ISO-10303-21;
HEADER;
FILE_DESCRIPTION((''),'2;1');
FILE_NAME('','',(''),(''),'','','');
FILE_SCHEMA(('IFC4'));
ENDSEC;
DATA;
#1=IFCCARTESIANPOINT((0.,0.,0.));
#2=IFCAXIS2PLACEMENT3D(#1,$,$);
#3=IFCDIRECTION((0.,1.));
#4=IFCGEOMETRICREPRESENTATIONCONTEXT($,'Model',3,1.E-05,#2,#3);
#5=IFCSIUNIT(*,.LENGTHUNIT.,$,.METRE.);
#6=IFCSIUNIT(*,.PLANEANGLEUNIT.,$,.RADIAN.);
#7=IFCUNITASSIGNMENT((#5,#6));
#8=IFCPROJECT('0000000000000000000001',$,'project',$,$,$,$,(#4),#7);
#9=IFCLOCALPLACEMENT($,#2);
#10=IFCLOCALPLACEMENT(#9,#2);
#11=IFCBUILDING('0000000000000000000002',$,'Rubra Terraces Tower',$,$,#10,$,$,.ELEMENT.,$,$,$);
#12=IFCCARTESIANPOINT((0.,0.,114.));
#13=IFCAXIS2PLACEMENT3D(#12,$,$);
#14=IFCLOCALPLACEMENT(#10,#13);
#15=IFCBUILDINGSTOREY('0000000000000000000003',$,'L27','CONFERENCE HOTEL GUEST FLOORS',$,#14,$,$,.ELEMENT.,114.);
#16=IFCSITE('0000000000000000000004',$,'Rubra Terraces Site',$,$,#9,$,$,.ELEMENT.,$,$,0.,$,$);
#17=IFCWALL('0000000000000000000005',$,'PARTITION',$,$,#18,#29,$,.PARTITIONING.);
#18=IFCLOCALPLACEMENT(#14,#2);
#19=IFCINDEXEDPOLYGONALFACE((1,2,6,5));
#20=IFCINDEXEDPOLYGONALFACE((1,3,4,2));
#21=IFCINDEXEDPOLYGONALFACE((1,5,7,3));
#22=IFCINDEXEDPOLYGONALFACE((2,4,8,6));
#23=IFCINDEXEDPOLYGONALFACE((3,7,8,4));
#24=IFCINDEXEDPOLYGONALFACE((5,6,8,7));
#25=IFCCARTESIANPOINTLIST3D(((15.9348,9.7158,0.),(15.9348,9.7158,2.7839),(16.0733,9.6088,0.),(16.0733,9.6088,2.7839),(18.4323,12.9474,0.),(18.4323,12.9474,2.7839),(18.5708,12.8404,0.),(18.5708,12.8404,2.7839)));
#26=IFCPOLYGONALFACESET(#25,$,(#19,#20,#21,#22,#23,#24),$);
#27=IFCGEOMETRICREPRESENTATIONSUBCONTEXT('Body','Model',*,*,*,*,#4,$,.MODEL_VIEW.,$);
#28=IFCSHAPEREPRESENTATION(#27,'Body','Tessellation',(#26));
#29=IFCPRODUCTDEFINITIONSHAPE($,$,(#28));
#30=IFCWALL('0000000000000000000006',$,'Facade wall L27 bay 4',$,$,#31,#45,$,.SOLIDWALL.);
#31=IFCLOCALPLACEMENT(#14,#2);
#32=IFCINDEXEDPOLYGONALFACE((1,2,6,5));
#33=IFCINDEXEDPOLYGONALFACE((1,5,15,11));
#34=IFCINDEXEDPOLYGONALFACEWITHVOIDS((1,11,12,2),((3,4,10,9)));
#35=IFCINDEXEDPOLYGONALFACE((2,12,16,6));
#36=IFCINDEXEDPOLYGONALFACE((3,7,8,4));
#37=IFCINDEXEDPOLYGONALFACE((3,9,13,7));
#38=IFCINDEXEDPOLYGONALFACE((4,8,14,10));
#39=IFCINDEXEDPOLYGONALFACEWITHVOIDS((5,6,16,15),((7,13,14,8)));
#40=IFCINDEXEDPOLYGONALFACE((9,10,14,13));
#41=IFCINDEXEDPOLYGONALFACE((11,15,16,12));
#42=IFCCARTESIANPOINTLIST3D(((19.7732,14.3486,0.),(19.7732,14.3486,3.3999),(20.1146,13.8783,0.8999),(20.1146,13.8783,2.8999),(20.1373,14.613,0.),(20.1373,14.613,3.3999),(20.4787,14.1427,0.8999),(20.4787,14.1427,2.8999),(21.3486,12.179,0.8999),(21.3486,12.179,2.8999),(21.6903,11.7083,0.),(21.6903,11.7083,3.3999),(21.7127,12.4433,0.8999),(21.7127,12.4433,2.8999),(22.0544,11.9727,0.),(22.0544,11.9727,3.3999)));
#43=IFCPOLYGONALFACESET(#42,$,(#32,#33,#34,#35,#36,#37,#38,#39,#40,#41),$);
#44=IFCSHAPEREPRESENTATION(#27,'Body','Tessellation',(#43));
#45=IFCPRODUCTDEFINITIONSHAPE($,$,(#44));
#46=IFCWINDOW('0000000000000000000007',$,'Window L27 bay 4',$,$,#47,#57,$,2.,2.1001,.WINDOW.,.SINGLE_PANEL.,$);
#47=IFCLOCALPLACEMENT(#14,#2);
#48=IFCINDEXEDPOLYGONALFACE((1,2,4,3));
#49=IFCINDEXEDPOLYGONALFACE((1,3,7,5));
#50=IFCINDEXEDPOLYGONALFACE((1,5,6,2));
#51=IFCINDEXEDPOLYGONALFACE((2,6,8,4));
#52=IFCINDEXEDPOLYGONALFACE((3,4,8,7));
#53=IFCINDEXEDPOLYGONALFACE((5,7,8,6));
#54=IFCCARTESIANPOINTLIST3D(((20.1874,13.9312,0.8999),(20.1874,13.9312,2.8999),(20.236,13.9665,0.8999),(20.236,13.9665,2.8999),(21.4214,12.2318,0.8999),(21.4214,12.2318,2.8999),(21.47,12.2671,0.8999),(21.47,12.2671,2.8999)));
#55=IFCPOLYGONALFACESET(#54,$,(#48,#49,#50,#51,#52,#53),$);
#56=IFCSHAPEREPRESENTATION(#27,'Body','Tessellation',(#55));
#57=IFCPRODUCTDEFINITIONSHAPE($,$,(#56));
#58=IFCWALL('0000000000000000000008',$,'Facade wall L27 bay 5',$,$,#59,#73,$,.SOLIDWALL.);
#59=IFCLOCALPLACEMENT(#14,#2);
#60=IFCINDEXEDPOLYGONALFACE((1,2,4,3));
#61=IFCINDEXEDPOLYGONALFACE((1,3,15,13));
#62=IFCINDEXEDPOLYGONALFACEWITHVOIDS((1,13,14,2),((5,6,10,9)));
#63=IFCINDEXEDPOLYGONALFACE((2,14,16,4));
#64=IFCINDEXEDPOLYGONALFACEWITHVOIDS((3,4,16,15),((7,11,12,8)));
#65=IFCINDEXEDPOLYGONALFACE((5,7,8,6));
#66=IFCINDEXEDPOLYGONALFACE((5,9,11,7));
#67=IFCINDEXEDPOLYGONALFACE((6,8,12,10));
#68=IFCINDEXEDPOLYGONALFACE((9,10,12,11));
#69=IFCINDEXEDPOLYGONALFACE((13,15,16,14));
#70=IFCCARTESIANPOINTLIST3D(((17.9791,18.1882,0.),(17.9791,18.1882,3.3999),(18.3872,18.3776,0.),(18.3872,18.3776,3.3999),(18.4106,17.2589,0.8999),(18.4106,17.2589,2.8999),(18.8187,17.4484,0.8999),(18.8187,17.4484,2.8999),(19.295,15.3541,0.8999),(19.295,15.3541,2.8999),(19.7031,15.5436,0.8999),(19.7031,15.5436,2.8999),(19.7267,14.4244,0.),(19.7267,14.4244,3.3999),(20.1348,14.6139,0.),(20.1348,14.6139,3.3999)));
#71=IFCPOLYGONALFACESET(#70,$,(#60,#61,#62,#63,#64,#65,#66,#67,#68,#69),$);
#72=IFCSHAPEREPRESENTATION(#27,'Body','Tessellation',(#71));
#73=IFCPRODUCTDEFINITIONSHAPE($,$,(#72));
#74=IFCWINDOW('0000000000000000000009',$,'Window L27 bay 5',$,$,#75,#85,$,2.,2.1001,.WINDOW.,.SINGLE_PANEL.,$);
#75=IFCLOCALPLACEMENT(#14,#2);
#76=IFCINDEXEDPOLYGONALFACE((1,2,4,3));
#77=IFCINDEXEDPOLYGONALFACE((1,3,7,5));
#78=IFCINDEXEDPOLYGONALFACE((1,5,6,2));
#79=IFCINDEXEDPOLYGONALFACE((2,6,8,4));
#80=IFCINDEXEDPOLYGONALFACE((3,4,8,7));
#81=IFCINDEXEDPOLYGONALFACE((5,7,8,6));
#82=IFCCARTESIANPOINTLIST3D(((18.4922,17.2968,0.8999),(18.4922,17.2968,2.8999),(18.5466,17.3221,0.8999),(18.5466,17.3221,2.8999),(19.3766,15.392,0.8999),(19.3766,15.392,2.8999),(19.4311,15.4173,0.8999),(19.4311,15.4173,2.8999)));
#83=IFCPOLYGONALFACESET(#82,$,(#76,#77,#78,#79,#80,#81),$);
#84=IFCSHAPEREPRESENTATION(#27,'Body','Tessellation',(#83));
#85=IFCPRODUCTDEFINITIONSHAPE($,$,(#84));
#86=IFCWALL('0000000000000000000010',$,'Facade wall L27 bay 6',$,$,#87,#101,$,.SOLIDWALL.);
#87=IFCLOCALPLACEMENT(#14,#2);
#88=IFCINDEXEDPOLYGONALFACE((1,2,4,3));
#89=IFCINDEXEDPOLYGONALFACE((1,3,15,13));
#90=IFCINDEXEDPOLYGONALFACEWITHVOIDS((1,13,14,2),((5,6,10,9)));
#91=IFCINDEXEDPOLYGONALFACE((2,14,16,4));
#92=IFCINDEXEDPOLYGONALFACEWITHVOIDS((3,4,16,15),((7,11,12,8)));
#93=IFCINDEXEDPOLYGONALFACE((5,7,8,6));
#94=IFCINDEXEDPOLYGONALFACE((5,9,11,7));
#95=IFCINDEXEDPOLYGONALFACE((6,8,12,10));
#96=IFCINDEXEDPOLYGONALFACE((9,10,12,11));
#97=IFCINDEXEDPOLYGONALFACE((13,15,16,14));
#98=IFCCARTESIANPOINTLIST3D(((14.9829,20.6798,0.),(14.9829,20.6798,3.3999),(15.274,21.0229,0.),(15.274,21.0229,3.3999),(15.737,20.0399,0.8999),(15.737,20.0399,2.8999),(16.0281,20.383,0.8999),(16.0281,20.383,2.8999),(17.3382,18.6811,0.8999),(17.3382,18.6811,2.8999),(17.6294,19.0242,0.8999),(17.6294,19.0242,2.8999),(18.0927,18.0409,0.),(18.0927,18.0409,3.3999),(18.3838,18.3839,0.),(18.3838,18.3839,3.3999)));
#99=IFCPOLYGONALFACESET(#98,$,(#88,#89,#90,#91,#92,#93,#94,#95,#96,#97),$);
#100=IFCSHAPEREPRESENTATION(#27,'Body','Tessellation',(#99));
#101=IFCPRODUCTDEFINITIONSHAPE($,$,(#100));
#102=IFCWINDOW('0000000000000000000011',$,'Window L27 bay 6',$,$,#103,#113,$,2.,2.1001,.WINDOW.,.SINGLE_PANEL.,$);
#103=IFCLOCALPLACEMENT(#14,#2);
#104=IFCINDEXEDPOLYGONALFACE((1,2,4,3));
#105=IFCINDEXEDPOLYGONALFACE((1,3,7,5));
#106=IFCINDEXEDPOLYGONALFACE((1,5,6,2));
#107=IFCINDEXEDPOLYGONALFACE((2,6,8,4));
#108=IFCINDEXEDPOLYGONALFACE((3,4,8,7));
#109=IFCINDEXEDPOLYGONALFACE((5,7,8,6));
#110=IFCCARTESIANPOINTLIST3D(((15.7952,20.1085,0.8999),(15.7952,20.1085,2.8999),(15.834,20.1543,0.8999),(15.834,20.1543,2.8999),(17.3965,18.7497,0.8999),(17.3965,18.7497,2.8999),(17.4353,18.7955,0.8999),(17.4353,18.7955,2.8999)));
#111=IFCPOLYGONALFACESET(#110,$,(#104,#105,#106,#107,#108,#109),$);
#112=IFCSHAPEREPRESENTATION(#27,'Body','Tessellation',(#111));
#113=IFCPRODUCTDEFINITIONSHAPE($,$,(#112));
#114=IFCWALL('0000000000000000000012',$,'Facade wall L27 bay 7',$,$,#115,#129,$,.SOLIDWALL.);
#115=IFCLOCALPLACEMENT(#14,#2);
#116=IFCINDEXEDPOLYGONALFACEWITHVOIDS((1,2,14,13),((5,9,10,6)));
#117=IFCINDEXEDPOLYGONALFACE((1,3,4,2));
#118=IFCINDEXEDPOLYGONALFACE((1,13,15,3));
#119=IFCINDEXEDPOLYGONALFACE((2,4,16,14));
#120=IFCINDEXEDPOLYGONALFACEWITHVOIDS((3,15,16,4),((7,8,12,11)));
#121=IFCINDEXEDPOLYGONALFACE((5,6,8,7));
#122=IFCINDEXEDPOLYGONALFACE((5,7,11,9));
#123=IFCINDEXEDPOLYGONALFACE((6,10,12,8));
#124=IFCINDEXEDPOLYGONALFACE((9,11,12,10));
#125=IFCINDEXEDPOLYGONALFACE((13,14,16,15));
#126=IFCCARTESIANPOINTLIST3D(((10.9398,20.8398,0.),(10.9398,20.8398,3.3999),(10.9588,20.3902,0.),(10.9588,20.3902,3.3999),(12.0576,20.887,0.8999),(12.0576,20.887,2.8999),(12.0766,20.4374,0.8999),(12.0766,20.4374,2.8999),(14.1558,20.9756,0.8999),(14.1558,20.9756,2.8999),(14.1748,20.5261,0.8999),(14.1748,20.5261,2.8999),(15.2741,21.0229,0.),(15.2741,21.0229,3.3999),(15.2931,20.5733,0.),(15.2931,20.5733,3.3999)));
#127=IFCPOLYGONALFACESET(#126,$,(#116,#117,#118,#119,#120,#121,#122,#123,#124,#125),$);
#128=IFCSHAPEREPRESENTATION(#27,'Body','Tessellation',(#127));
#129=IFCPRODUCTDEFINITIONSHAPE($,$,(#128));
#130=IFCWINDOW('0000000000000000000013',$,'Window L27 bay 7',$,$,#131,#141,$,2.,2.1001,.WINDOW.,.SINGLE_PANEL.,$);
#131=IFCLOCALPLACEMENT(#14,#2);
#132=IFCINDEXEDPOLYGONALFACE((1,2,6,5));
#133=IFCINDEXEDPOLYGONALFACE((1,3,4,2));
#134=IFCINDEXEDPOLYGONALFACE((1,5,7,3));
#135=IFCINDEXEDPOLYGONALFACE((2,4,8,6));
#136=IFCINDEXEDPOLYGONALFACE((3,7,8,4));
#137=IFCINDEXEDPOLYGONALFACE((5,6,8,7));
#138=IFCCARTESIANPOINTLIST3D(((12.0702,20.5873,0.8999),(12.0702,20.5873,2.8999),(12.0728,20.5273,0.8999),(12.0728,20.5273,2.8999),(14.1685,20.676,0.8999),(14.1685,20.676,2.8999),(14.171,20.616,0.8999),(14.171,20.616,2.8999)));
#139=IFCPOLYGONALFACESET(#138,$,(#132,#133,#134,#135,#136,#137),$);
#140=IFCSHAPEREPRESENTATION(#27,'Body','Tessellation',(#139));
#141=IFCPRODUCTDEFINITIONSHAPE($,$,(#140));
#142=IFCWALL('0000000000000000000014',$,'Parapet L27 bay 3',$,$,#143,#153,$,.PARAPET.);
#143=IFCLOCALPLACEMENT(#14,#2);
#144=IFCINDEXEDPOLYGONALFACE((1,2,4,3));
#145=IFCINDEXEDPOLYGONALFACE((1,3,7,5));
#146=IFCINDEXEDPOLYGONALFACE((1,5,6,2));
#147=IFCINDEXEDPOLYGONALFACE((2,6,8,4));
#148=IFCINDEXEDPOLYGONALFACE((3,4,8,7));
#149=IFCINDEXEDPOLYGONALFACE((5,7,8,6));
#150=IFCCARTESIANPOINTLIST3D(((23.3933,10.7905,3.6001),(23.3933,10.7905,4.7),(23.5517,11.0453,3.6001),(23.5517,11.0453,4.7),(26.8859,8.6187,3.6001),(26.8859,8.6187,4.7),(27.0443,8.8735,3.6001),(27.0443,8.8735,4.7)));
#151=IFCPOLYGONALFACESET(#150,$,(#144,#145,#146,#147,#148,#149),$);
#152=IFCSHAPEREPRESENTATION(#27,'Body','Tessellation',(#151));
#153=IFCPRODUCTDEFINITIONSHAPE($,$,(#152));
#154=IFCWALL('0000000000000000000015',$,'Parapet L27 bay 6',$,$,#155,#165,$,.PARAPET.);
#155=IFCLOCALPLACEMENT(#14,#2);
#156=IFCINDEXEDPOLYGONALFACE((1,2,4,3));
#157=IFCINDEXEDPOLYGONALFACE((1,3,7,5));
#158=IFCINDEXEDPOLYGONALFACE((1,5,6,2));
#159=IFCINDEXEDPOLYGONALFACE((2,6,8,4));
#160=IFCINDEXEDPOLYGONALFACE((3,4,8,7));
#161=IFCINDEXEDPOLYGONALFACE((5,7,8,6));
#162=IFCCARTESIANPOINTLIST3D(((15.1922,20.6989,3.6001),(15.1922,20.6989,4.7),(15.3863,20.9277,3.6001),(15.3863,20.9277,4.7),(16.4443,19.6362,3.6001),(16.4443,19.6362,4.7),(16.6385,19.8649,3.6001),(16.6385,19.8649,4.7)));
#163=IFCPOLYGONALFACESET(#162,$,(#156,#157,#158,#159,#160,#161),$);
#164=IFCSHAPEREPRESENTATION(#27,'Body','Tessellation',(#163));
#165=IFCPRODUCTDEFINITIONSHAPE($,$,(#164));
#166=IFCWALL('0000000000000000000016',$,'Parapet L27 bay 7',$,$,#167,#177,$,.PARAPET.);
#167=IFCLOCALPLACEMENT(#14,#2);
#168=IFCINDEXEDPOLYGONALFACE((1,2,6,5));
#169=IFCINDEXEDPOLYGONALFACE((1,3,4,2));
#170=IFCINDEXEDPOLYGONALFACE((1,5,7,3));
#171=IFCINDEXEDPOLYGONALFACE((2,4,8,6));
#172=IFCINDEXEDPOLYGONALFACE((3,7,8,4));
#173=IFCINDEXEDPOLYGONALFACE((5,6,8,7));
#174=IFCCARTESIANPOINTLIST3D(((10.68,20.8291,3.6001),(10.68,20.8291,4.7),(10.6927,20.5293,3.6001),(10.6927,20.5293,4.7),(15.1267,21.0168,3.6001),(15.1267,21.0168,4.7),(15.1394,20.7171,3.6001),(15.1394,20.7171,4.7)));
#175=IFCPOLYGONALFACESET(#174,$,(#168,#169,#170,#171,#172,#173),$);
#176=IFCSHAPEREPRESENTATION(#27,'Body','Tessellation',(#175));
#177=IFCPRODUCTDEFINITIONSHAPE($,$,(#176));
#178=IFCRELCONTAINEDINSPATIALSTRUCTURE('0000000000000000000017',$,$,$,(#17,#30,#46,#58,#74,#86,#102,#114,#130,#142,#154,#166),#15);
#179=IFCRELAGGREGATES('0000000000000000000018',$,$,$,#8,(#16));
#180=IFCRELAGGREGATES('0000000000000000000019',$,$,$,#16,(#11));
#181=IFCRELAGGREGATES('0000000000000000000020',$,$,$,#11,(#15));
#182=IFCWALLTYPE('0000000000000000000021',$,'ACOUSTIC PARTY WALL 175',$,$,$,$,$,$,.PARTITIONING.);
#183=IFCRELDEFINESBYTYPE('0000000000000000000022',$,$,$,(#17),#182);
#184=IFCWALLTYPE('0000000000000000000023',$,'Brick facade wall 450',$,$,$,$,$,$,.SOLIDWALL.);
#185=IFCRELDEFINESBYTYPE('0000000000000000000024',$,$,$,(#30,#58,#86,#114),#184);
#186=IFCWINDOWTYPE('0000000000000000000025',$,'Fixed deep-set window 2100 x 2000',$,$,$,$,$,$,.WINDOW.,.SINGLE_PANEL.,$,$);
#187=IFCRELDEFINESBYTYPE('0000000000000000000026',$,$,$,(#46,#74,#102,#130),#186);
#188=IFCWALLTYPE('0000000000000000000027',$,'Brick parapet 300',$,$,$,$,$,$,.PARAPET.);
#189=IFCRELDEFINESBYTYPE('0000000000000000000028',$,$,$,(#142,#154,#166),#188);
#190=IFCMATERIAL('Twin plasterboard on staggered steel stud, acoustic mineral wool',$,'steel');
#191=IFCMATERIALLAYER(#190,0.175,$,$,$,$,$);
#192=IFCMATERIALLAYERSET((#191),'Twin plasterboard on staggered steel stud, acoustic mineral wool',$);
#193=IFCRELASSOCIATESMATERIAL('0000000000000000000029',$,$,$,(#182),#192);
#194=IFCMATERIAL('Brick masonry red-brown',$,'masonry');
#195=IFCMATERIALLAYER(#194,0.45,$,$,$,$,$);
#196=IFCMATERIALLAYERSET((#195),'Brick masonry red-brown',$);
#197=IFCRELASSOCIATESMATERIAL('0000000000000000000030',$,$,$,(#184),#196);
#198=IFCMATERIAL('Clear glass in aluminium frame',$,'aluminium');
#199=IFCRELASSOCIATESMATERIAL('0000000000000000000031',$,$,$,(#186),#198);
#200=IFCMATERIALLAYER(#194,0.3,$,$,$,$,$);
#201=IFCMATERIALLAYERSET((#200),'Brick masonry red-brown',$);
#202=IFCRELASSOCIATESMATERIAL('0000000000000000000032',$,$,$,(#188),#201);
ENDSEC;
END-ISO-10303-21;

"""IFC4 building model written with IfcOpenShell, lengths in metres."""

from ifc_helpers import new_model, si_unit, direction, frame, frame_2d, origin, place, context, subcontext, project, spatial, rectangle, extrude, material, layer, layer_set, type_object, element, fill, save


model = new_model("IFC4")

# Units and contexts
model_context = context("Model", 3, precision=1e-05, world=origin(), true_north=direction((0.0, 1.0)))
body_context = subcontext(model_context, "Body", "Model", "MODEL_VIEW")
ifc_project = project(units=[si_unit("LENGTHUNIT", "METRE"), si_unit("PLANEANGLEUNIT", "RADIAN")], contexts=[model_context])

# Site, building, storey
site_placement = place(None, origin())
site = spatial("IfcSite", under=ifc_project, at=site_placement, Name="Rubra Terraces Site", CompositionType="ELEMENT", RefElevation=0.0)
building_placement = place(site_placement, origin())
building = spatial("IfcBuilding", under=site, at=building_placement, Name="Rubra Terraces Tower", CompositionType="ELEMENT")
storey_placement = place(building_placement, frame((0.0, 0.0, 114.0)))
storey = spatial("IfcBuildingStorey", under=building, at=storey_placement, Name="L27", Description="CONFERENCE HOTEL GUEST FLOORS", CompositionType="ELEMENT", Elevation=114.0)

# Wall
ifc_material_1 = material(Name="Twin plasterboard on staggered steel stud, acoustic mineral wool", Category="steel")
ifc_layer_1 = layer(ifc_material_1, 0.175)
ifc_layer_set_1 = layer_set([ifc_layer_1], Name="Twin plasterboard on staggered steel stud, acoustic mineral wool")
wall_type_1 = type_object("IfcWallType", Name="ACOUSTIC PARTY WALL 175", PredefinedType="PARTITIONING", material=ifc_layer_set_1)
wall_1_placement = place(storey_placement, frame((18.5015, 12.8938, 0.0), z_axis=(0.0, 0.0, 1.0), x_axis=(-0.6115, -0.791244, 0.0)))
element("IfcWall", 1, at=wall_1_placement, inside=storey, type_object=wall_type_1, Name="PARTITION", PredefinedType="PARTITIONING", context=body_context, shape_type="SweptSolid", body=[
    extrude(rectangle(XDim=4.0842, YDim=0.175, at=frame_2d((2.042, 0.0))), origin(), (0.0, 0.0, 1.0), 2.7839),
])

# Walls, openings, windows
ifc_material_2 = material(Name="Brick masonry red-brown", Category="masonry")
ifc_layer_2 = layer(ifc_material_2, 0.45)
ifc_layer_set_2 = layer_set([ifc_layer_2], Name="Brick masonry red-brown")
wall_type_2 = type_object("IfcWallType", Name="Brick facade wall 450", PredefinedType="SOLIDWALL", material=ifc_layer_set_2)
wall_2_placement = place(storey_placement, frame((21.8723, 11.8406, 0.0), z_axis=(0.0, 0.0, 1.0), x_axis=(-0.587562, 0.809179, 0.0)))
wall_2 = element("IfcWall", 2, at=wall_2_placement, inside=storey, type_object=wall_type_2, Name="Facade wall L27 bay 4", PredefinedType="SOLIDWALL", context=body_context, shape_type="SweptSolid", body=[
    extrude(rectangle(XDim=3.2629, YDim=0.45, at=frame_2d((1.6313, 0.0))), origin(), (0.0, 0.0, 1.0), 3.3999),
])
opening_1_placement = place(wall_2_placement, frame((0.5815, 0.0, 0.8999)))
opening_1 = element("IfcOpeningElement", 3, at=opening_1_placement, cuts=wall_2, PredefinedType="OPENING", context=body_context, shape_type="SweptSolid", body=[
    extrude(rectangle(XDim=2.1001, YDim=2.0, at=frame_2d((1.05, 1.0))), frame((0.0, 0.2349, 0.0), z_axis=(0.0, -1.0, 0.0), x_axis=(1.0, 0.0, 0.0)), (0.0, 0.0, 1.0), 0.47),
])
ifc_material_3 = material(Name="Clear glass in aluminium frame", Category="aluminium")
window_type = type_object("IfcWindowType", Name="Fixed deep-set window 2100 x 2000", PartitioningType="SINGLE_PANEL", PredefinedType="WINDOW", material=ifc_material_3)
window_1_placement = place(opening_1_placement, origin())
window_1 = element("IfcWindow", 4, at=window_1_placement, inside=storey, type_object=window_type, Name="Window L27 bay 4", OverallHeight=2.0, OverallWidth=2.1001, PartitioningType="SINGLE_PANEL", PredefinedType="WINDOW", context=body_context, shape_type="SweptSolid", body=[
    extrude(rectangle(XDim=2.1001, YDim=2.0, at=frame_2d((1.05, 1.0))), frame((0.0, 0.135, 0.0), z_axis=(0.0, -1.0, 0.0), x_axis=(1.0, 0.0, 0.0)), (0.0, 0.0, 1.0), 0.0601),
])
fill(opening_1, window_1)
wall_3_placement = place(storey_placement, frame((19.9307, 14.5193, 0.0), z_axis=(0.0, 0.0, 1.0), x_axis=(-0.421139, 0.906996, 0.0)))
wall_3 = element("IfcWall", 5, at=wall_3_placement, inside=storey, type_object=wall_type_2, Name="Facade wall L27 bay 5", PredefinedType="SOLIDWALL", context=body_context, shape_type="SweptSolid", body=[
    extrude(rectangle(XDim=4.1497, YDim=0.45, at=frame_2d((2.0747, 0.0))), origin(), (0.0, 0.0, 1.0), 3.3999),
])
opening_2_placement = place(wall_3_placement, frame((1.0249, 0.0, 0.8999)))
opening_2 = element("IfcOpeningElement", 6, at=opening_2_placement, cuts=wall_3, PredefinedType="OPENING", context=body_context, shape_type="SweptSolid", body=[
    extrude(rectangle(XDim=2.1001, YDim=2.0, at=frame_2d((1.05, 1.0))), frame((0.0, 0.2349, 0.0), z_axis=(0.0, -1.0, 0.0), x_axis=(1.0, 0.0, 0.0)), (0.0, 0.0, 1.0), 0.47),
])
window_2_placement = place(opening_2_placement, origin())
window_2 = element("IfcWindow", 7, at=window_2_placement, inside=storey, type_object=window_type, Name="Window L27 bay 5", OverallHeight=2.0, OverallWidth=2.1001, PartitioningType="SINGLE_PANEL", PredefinedType="WINDOW", context=body_context, shape_type="SweptSolid", body=[
    extrude(rectangle(XDim=2.1001, YDim=2.0, at=frame_2d((1.05, 1.0))), frame((0.0, 0.135, 0.0), z_axis=(0.0, -1.0, 0.0), x_axis=(1.0, 0.0, 0.0)), (0.0, 0.0, 1.0), 0.0601),
])
fill(opening_2, window_2)
wall_4_placement = place(storey_placement, frame((18.2383, 18.2124, 0.0), z_axis=(0.0, 0.0, 1.0), x_axis=(-0.76248, 0.647012, 0.0)))
wall_4 = element("IfcWall", 8, at=wall_4_placement, inside=storey, type_object=wall_type_2, Name="Facade wall L27 bay 6", PredefinedType="SOLIDWALL", context=body_context, shape_type="SweptSolid", body=[
    extrude(rectangle(XDim=4.0786, YDim=0.45, at=frame_2d((2.0393, 0.0))), origin(), (0.0, 0.0, 1.0), 3.3999),
])
opening_3_placement = place(wall_4_placement, frame((0.9895, 0.0, 0.8999)))
opening_3 = element("IfcOpeningElement", 9, at=opening_3_placement, cuts=wall_4, PredefinedType="OPENING", context=body_context, shape_type="SweptSolid", body=[
    extrude(rectangle(XDim=2.1001, YDim=2.0, at=frame_2d((1.05, 1.0))), frame((0.0, 0.2349, 0.0), z_axis=(0.0, -1.0, 0.0), x_axis=(1.0, 0.0, 0.0)), (0.0, 0.0, 1.0), 0.47),
])
window_3_placement = place(opening_3_placement, origin())
window_3 = element("IfcWindow", 10, at=window_3_placement, inside=storey, type_object=window_type, Name="Window L27 bay 6", OverallHeight=2.0, OverallWidth=2.1001, PartitioningType="SINGLE_PANEL", PredefinedType="WINDOW", context=body_context, shape_type="SweptSolid", body=[
    extrude(rectangle(XDim=2.1001, YDim=2.0, at=frame_2d((1.05, 1.0))), frame((0.0, 0.135, 0.0), z_axis=(0.0, -1.0, 0.0), x_axis=(1.0, 0.0, 0.0)), (0.0, 0.0, 1.0), 0.0601),
])
fill(opening_3, window_3)
wall_5_placement = place(storey_placement, frame((15.2834, 20.7981, 0.0), z_axis=(0.0, 0.0, 1.0), x_axis=(-0.999109, -0.042209, 0.0)))
wall_5 = element("IfcWall", 11, at=wall_5_placement, inside=storey, type_object=wall_type_2, Name="Facade wall L27 bay 7", PredefinedType="SOLIDWALL", context=body_context, shape_type="SweptSolid", body=[
    extrude(rectangle(XDim=4.3381, YDim=0.45, at=frame_2d((2.1689, 0.0))), origin(), (0.0, 0.0, 1.0), 3.3999),
])
opening_4_placement = place(wall_5_placement, frame((1.1191, 0.0, 0.8999)))
opening_4 = element("IfcOpeningElement", 12, at=opening_4_placement, cuts=wall_5, PredefinedType="OPENING", context=body_context, shape_type="SweptSolid", body=[
    extrude(rectangle(XDim=2.1001, YDim=2.0, at=frame_2d((1.05, 1.0))), frame((0.0, 0.2349, 0.0), z_axis=(0.0, -1.0, 0.0), x_axis=(1.0, 0.0, 0.0)), (0.0, 0.0, 1.0), 0.47),
])
window_4_placement = place(opening_4_placement, origin())
window_4 = element("IfcWindow", 13, at=window_4_placement, inside=storey, type_object=window_type, Name="Window L27 bay 7", OverallHeight=2.0, OverallWidth=2.1001, PartitioningType="SINGLE_PANEL", PredefinedType="WINDOW", context=body_context, shape_type="SweptSolid", body=[
    extrude(rectangle(XDim=2.1001, YDim=2.0, at=frame_2d((1.05, 1.0))), frame((0.0, 0.135, 0.0), z_axis=(0.0, -1.0, 0.0), x_axis=(1.0, 0.0, 0.0)), (0.0, 0.0, 1.0), 0.0601),
])
fill(opening_4, window_4)

# Walls
ifc_layer_3 = layer(ifc_material_2, 0.3)
ifc_layer_set_3 = layer_set([ifc_layer_3], Name="Brick masonry red-brown")
wall_type_3 = type_object("IfcWallType", Name="Brick parapet 300", PredefinedType="PARAPET", material=ifc_layer_set_3)
wall_6_placement = place(storey_placement, frame((26.9651, 8.7461, 3.6001), z_axis=(0.0, 0.0, 1.0), x_axis=(-0.849203, 0.528066, 0.0)))
element("IfcWall", 14, at=wall_6_placement, inside=storey, type_object=wall_type_3, Name="Parapet L27 bay 3", PredefinedType="PARAPET", context=body_context, shape_type="SweptSolid", body=[
    extrude(rectangle(XDim=4.1128, YDim=0.3, at=frame_2d((2.0564, 0.0))), origin(), (0.0, 0.0, 1.0), 1.0999),
])
wall_7_placement = place(storey_placement, frame((16.5415, 19.7505, 3.6001), z_axis=(0.0, 0.0, 1.0), x_axis=(-0.762427, 0.647074, 0.0)))
element("IfcWall", 15, at=wall_7_placement, inside=storey, type_object=wall_type_3, Name="Parapet L27 bay 6", PredefinedType="PARAPET", context=body_context, shape_type="SweptSolid", body=[
    extrude(rectangle(XDim=1.6423, YDim=0.3, at=frame_2d((0.8213, 0.0))), origin(), (0.0, 0.0, 1.0), 1.0999),
])
wall_8_placement = place(storey_placement, frame((15.1331, 20.8669, 3.6001), z_axis=(0.0, 0.0, 1.0), x_axis=(-0.99911, -0.042183, 0.0)))
element("IfcWall", 16, at=wall_8_placement, inside=storey, type_object=wall_type_3, Name="Parapet L27 bay 7", PredefinedType="PARAPET", context=body_context, shape_type="SweptSolid", body=[
    extrude(rectangle(XDim=4.4507, YDim=0.3, at=frame_2d((2.2253, 0.0))), origin(), (0.0, 0.0, 1.0), 1.0999),
])

save(model, "model.ifc")
